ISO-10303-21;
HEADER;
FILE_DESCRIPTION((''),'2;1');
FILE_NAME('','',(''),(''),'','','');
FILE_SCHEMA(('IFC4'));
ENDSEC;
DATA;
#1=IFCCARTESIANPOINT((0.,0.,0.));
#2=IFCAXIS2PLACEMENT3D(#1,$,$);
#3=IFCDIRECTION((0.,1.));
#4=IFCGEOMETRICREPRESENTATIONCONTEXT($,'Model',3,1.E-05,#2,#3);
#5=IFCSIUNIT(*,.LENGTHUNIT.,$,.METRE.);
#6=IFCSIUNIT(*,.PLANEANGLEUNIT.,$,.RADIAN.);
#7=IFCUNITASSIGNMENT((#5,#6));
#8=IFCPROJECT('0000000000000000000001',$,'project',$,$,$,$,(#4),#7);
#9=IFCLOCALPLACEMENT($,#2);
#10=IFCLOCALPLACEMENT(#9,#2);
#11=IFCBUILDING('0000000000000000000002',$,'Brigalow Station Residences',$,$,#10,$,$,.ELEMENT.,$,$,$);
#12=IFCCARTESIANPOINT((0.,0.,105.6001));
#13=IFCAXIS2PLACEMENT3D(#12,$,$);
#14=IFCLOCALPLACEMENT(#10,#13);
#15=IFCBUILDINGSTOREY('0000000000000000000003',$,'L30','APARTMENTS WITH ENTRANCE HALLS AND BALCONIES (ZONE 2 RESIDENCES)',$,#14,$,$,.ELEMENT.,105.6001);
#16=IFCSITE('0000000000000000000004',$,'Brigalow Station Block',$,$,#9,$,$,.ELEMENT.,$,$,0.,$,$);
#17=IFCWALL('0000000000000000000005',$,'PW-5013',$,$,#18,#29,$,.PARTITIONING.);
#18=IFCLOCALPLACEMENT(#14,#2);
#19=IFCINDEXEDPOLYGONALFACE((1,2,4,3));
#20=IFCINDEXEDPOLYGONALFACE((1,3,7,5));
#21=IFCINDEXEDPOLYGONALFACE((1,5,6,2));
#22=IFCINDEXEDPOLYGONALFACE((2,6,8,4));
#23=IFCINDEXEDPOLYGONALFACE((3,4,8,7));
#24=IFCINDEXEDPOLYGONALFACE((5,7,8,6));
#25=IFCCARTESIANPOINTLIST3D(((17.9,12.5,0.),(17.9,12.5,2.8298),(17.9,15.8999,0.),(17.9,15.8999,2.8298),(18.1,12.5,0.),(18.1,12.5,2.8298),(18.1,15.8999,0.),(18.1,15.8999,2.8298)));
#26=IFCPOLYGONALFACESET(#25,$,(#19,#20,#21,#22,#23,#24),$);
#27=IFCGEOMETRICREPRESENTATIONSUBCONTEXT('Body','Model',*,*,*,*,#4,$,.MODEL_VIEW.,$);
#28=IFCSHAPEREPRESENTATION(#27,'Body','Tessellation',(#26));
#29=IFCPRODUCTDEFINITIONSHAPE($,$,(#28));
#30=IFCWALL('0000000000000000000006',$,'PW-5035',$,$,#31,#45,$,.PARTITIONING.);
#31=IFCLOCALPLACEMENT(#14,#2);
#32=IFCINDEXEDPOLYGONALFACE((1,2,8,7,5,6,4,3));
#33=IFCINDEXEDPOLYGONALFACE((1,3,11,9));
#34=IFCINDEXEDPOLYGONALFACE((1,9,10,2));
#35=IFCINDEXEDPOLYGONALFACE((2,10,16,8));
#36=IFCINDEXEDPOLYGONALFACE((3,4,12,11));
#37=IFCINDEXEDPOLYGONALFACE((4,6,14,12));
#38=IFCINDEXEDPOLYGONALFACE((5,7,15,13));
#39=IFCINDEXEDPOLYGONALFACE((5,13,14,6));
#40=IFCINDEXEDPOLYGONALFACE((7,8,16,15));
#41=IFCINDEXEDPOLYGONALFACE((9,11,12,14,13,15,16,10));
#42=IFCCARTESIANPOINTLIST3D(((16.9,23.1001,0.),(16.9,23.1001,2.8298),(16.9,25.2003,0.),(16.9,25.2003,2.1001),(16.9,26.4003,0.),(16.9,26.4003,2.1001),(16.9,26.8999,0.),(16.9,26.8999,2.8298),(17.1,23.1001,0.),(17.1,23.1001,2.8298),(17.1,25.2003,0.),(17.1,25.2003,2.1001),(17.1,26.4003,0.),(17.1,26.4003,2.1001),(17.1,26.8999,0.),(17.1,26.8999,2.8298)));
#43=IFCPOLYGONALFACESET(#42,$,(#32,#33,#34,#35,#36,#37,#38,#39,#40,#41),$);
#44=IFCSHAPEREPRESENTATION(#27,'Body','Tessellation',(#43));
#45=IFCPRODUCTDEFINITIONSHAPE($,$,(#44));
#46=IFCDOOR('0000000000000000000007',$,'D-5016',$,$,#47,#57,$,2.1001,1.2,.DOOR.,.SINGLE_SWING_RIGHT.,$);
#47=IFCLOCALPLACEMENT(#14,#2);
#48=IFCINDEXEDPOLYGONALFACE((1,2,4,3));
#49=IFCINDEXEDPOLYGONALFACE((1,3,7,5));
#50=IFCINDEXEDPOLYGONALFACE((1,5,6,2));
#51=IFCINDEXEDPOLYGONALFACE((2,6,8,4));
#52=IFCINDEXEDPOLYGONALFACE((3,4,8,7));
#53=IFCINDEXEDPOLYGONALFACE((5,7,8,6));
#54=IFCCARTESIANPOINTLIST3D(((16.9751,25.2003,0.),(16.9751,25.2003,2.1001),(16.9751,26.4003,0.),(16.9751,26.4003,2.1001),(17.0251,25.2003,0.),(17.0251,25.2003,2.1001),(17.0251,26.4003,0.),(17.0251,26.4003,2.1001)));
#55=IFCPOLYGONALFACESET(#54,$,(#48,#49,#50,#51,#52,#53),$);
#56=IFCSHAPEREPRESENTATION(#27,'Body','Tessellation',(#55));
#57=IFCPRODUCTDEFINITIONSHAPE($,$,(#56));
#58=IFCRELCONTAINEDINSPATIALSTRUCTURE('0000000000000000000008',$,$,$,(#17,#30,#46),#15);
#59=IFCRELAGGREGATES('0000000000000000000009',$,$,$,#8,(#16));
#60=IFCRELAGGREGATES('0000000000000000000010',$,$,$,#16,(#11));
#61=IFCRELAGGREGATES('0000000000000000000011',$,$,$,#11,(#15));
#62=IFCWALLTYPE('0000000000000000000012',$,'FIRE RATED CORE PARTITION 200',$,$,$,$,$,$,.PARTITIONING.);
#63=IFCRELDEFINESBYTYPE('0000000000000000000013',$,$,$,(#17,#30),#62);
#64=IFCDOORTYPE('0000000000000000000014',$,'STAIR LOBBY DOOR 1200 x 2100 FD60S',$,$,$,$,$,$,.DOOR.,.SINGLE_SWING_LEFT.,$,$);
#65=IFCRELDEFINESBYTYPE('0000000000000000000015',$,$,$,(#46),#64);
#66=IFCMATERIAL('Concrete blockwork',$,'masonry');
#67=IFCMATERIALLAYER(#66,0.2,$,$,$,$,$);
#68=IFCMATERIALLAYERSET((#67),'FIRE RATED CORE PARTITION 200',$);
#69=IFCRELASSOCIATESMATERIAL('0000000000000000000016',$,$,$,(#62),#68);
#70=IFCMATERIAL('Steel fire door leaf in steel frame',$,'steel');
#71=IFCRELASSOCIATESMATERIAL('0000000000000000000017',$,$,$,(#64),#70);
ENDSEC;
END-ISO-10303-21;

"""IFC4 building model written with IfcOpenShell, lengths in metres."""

from ifc_helpers import new_model, si_unit, direction, frame, frame_2d, origin, place, context, subcontext, project, spatial, rectangle, extrude, material, layer, layer_set, type_object, element, fill, save


model = new_model("IFC4")

# Units and contexts
model_context = context("Model", 3, precision=1e-05, world=origin(), true_north=direction((0.0, 1.0)))
body_context = subcontext(model_context, "Body", "Model", "MODEL_VIEW")
ifc_project = project(units=[si_unit("LENGTHUNIT", "METRE"), si_unit("PLANEANGLEUNIT", "RADIAN")], contexts=[model_context])

# Site, building, storey
site_placement = place(None, origin())
site = spatial("IfcSite", under=ifc_project, at=site_placement, Name="Brigalow Station Block", CompositionType="ELEMENT", RefElevation=0.0)
building_placement = place(site_placement, origin())
building = spatial("IfcBuilding", under=site, at=building_placement, Name="Brigalow Station Residences", CompositionType="ELEMENT")
storey_placement = place(building_placement, frame((0.0, 0.0, 105.6001)))
storey = spatial("IfcBuildingStorey", under=building, at=storey_placement, Name="L30", Description="APARTMENTS WITH ENTRANCE HALLS AND BALCONIES (ZONE 2 RESIDENCES)", CompositionType="ELEMENT", Elevation=105.6001)

# Wall
ifc_material_1 = material(Name="Concrete blockwork", Category="masonry")
ifc_layer_1 = layer(ifc_material_1, 0.2)
ifc_layer_set_1 = layer_set([ifc_layer_1], Name="FIRE RATED CORE PARTITION 200")
wall_type_1 = type_object("IfcWallType", Name="FIRE RATED CORE PARTITION 200", PredefinedType="PARTITIONING", material=ifc_layer_set_1)
wall_1_placement = place(storey_placement, frame((18.0, 12.5, 0.0), z_axis=(0.0, 0.0, 1.0), x_axis=(0.0, 1.0, 0.0)))
element("IfcWall", 1, at=wall_1_placement, inside=storey, type_object=wall_type_1, Name="PW-5013", PredefinedType="PARTITIONING", context=body_context, shape_type="SweptSolid", body=[
    extrude(rectangle(XDim=3.3999, YDim=0.2, at=frame_2d((1.7, 0.0))), origin(), (0.0, 0.0, 1.0), 2.8298),
])

# Wall, opening, door
wall_2_placement = place(storey_placement, frame((17.0, 23.1001, 0.0), z_axis=(0.0, 0.0, 1.0), x_axis=(0.0, 1.0, 0.0)))
wall_2 = element("IfcWall", 2, at=wall_2_placement, inside=storey, type_object=wall_type_1, Name="PW-5035", PredefinedType="PARTITIONING", context=body_context, shape_type="SweptSolid", body=[
    extrude(rectangle(XDim=3.7998, YDim=0.2, at=frame_2d((1.8999, 0.0))), origin(), (0.0, 0.0, 1.0), 2.8298),
])
opening_1_placement = place(wall_2_placement, frame((2.1001, 0.0, 0.0)))
opening_1 = element("IfcOpeningElement", 3, at=opening_1_placement, cuts=wall_2, PredefinedType="OPENING", context=body_context, shape_type="SweptSolid", body=[
    extrude(rectangle(XDim=1.2, YDim=2.1001, at=frame_2d((0.6001, 1.05))), frame((0.0, 0.1099, 0.0), z_axis=(0.0, -1.0, 0.0), x_axis=(1.0, 0.0, 0.0)), (0.0, 0.0, 1.0), 0.22),
])
ifc_material_2 = material(Name="Steel fire door leaf in steel frame", Category="steel")
door_type_1 = type_object("IfcDoorType", Name="STAIR LOBBY DOOR 1200 x 2100 FD60S", OperationType="SINGLE_SWING_LEFT", PredefinedType="DOOR", material=ifc_material_2)
door_1_placement = place(opening_1_placement, origin())
door_1 = element("IfcDoor", 4, at=door_1_placement, inside=storey, type_object=door_type_1, Name="D-5016", OperationType="SINGLE_SWING_RIGHT", OverallHeight=2.1001, OverallWidth=1.2, PredefinedType="DOOR", context=body_context, shape_type="SweptSolid", body=[
    extrude(rectangle(XDim=1.2, YDim=2.1001, at=frame_2d((0.6001, 1.05))), frame((0.0, 0.0249, 0.0), z_axis=(0.0, -1.0, 0.0), x_axis=(1.0, 0.0, 0.0)), (0.0, 0.0, 1.0), 0.05),
])
fill(opening_1, door_1)

save(model, "model.ifc")
